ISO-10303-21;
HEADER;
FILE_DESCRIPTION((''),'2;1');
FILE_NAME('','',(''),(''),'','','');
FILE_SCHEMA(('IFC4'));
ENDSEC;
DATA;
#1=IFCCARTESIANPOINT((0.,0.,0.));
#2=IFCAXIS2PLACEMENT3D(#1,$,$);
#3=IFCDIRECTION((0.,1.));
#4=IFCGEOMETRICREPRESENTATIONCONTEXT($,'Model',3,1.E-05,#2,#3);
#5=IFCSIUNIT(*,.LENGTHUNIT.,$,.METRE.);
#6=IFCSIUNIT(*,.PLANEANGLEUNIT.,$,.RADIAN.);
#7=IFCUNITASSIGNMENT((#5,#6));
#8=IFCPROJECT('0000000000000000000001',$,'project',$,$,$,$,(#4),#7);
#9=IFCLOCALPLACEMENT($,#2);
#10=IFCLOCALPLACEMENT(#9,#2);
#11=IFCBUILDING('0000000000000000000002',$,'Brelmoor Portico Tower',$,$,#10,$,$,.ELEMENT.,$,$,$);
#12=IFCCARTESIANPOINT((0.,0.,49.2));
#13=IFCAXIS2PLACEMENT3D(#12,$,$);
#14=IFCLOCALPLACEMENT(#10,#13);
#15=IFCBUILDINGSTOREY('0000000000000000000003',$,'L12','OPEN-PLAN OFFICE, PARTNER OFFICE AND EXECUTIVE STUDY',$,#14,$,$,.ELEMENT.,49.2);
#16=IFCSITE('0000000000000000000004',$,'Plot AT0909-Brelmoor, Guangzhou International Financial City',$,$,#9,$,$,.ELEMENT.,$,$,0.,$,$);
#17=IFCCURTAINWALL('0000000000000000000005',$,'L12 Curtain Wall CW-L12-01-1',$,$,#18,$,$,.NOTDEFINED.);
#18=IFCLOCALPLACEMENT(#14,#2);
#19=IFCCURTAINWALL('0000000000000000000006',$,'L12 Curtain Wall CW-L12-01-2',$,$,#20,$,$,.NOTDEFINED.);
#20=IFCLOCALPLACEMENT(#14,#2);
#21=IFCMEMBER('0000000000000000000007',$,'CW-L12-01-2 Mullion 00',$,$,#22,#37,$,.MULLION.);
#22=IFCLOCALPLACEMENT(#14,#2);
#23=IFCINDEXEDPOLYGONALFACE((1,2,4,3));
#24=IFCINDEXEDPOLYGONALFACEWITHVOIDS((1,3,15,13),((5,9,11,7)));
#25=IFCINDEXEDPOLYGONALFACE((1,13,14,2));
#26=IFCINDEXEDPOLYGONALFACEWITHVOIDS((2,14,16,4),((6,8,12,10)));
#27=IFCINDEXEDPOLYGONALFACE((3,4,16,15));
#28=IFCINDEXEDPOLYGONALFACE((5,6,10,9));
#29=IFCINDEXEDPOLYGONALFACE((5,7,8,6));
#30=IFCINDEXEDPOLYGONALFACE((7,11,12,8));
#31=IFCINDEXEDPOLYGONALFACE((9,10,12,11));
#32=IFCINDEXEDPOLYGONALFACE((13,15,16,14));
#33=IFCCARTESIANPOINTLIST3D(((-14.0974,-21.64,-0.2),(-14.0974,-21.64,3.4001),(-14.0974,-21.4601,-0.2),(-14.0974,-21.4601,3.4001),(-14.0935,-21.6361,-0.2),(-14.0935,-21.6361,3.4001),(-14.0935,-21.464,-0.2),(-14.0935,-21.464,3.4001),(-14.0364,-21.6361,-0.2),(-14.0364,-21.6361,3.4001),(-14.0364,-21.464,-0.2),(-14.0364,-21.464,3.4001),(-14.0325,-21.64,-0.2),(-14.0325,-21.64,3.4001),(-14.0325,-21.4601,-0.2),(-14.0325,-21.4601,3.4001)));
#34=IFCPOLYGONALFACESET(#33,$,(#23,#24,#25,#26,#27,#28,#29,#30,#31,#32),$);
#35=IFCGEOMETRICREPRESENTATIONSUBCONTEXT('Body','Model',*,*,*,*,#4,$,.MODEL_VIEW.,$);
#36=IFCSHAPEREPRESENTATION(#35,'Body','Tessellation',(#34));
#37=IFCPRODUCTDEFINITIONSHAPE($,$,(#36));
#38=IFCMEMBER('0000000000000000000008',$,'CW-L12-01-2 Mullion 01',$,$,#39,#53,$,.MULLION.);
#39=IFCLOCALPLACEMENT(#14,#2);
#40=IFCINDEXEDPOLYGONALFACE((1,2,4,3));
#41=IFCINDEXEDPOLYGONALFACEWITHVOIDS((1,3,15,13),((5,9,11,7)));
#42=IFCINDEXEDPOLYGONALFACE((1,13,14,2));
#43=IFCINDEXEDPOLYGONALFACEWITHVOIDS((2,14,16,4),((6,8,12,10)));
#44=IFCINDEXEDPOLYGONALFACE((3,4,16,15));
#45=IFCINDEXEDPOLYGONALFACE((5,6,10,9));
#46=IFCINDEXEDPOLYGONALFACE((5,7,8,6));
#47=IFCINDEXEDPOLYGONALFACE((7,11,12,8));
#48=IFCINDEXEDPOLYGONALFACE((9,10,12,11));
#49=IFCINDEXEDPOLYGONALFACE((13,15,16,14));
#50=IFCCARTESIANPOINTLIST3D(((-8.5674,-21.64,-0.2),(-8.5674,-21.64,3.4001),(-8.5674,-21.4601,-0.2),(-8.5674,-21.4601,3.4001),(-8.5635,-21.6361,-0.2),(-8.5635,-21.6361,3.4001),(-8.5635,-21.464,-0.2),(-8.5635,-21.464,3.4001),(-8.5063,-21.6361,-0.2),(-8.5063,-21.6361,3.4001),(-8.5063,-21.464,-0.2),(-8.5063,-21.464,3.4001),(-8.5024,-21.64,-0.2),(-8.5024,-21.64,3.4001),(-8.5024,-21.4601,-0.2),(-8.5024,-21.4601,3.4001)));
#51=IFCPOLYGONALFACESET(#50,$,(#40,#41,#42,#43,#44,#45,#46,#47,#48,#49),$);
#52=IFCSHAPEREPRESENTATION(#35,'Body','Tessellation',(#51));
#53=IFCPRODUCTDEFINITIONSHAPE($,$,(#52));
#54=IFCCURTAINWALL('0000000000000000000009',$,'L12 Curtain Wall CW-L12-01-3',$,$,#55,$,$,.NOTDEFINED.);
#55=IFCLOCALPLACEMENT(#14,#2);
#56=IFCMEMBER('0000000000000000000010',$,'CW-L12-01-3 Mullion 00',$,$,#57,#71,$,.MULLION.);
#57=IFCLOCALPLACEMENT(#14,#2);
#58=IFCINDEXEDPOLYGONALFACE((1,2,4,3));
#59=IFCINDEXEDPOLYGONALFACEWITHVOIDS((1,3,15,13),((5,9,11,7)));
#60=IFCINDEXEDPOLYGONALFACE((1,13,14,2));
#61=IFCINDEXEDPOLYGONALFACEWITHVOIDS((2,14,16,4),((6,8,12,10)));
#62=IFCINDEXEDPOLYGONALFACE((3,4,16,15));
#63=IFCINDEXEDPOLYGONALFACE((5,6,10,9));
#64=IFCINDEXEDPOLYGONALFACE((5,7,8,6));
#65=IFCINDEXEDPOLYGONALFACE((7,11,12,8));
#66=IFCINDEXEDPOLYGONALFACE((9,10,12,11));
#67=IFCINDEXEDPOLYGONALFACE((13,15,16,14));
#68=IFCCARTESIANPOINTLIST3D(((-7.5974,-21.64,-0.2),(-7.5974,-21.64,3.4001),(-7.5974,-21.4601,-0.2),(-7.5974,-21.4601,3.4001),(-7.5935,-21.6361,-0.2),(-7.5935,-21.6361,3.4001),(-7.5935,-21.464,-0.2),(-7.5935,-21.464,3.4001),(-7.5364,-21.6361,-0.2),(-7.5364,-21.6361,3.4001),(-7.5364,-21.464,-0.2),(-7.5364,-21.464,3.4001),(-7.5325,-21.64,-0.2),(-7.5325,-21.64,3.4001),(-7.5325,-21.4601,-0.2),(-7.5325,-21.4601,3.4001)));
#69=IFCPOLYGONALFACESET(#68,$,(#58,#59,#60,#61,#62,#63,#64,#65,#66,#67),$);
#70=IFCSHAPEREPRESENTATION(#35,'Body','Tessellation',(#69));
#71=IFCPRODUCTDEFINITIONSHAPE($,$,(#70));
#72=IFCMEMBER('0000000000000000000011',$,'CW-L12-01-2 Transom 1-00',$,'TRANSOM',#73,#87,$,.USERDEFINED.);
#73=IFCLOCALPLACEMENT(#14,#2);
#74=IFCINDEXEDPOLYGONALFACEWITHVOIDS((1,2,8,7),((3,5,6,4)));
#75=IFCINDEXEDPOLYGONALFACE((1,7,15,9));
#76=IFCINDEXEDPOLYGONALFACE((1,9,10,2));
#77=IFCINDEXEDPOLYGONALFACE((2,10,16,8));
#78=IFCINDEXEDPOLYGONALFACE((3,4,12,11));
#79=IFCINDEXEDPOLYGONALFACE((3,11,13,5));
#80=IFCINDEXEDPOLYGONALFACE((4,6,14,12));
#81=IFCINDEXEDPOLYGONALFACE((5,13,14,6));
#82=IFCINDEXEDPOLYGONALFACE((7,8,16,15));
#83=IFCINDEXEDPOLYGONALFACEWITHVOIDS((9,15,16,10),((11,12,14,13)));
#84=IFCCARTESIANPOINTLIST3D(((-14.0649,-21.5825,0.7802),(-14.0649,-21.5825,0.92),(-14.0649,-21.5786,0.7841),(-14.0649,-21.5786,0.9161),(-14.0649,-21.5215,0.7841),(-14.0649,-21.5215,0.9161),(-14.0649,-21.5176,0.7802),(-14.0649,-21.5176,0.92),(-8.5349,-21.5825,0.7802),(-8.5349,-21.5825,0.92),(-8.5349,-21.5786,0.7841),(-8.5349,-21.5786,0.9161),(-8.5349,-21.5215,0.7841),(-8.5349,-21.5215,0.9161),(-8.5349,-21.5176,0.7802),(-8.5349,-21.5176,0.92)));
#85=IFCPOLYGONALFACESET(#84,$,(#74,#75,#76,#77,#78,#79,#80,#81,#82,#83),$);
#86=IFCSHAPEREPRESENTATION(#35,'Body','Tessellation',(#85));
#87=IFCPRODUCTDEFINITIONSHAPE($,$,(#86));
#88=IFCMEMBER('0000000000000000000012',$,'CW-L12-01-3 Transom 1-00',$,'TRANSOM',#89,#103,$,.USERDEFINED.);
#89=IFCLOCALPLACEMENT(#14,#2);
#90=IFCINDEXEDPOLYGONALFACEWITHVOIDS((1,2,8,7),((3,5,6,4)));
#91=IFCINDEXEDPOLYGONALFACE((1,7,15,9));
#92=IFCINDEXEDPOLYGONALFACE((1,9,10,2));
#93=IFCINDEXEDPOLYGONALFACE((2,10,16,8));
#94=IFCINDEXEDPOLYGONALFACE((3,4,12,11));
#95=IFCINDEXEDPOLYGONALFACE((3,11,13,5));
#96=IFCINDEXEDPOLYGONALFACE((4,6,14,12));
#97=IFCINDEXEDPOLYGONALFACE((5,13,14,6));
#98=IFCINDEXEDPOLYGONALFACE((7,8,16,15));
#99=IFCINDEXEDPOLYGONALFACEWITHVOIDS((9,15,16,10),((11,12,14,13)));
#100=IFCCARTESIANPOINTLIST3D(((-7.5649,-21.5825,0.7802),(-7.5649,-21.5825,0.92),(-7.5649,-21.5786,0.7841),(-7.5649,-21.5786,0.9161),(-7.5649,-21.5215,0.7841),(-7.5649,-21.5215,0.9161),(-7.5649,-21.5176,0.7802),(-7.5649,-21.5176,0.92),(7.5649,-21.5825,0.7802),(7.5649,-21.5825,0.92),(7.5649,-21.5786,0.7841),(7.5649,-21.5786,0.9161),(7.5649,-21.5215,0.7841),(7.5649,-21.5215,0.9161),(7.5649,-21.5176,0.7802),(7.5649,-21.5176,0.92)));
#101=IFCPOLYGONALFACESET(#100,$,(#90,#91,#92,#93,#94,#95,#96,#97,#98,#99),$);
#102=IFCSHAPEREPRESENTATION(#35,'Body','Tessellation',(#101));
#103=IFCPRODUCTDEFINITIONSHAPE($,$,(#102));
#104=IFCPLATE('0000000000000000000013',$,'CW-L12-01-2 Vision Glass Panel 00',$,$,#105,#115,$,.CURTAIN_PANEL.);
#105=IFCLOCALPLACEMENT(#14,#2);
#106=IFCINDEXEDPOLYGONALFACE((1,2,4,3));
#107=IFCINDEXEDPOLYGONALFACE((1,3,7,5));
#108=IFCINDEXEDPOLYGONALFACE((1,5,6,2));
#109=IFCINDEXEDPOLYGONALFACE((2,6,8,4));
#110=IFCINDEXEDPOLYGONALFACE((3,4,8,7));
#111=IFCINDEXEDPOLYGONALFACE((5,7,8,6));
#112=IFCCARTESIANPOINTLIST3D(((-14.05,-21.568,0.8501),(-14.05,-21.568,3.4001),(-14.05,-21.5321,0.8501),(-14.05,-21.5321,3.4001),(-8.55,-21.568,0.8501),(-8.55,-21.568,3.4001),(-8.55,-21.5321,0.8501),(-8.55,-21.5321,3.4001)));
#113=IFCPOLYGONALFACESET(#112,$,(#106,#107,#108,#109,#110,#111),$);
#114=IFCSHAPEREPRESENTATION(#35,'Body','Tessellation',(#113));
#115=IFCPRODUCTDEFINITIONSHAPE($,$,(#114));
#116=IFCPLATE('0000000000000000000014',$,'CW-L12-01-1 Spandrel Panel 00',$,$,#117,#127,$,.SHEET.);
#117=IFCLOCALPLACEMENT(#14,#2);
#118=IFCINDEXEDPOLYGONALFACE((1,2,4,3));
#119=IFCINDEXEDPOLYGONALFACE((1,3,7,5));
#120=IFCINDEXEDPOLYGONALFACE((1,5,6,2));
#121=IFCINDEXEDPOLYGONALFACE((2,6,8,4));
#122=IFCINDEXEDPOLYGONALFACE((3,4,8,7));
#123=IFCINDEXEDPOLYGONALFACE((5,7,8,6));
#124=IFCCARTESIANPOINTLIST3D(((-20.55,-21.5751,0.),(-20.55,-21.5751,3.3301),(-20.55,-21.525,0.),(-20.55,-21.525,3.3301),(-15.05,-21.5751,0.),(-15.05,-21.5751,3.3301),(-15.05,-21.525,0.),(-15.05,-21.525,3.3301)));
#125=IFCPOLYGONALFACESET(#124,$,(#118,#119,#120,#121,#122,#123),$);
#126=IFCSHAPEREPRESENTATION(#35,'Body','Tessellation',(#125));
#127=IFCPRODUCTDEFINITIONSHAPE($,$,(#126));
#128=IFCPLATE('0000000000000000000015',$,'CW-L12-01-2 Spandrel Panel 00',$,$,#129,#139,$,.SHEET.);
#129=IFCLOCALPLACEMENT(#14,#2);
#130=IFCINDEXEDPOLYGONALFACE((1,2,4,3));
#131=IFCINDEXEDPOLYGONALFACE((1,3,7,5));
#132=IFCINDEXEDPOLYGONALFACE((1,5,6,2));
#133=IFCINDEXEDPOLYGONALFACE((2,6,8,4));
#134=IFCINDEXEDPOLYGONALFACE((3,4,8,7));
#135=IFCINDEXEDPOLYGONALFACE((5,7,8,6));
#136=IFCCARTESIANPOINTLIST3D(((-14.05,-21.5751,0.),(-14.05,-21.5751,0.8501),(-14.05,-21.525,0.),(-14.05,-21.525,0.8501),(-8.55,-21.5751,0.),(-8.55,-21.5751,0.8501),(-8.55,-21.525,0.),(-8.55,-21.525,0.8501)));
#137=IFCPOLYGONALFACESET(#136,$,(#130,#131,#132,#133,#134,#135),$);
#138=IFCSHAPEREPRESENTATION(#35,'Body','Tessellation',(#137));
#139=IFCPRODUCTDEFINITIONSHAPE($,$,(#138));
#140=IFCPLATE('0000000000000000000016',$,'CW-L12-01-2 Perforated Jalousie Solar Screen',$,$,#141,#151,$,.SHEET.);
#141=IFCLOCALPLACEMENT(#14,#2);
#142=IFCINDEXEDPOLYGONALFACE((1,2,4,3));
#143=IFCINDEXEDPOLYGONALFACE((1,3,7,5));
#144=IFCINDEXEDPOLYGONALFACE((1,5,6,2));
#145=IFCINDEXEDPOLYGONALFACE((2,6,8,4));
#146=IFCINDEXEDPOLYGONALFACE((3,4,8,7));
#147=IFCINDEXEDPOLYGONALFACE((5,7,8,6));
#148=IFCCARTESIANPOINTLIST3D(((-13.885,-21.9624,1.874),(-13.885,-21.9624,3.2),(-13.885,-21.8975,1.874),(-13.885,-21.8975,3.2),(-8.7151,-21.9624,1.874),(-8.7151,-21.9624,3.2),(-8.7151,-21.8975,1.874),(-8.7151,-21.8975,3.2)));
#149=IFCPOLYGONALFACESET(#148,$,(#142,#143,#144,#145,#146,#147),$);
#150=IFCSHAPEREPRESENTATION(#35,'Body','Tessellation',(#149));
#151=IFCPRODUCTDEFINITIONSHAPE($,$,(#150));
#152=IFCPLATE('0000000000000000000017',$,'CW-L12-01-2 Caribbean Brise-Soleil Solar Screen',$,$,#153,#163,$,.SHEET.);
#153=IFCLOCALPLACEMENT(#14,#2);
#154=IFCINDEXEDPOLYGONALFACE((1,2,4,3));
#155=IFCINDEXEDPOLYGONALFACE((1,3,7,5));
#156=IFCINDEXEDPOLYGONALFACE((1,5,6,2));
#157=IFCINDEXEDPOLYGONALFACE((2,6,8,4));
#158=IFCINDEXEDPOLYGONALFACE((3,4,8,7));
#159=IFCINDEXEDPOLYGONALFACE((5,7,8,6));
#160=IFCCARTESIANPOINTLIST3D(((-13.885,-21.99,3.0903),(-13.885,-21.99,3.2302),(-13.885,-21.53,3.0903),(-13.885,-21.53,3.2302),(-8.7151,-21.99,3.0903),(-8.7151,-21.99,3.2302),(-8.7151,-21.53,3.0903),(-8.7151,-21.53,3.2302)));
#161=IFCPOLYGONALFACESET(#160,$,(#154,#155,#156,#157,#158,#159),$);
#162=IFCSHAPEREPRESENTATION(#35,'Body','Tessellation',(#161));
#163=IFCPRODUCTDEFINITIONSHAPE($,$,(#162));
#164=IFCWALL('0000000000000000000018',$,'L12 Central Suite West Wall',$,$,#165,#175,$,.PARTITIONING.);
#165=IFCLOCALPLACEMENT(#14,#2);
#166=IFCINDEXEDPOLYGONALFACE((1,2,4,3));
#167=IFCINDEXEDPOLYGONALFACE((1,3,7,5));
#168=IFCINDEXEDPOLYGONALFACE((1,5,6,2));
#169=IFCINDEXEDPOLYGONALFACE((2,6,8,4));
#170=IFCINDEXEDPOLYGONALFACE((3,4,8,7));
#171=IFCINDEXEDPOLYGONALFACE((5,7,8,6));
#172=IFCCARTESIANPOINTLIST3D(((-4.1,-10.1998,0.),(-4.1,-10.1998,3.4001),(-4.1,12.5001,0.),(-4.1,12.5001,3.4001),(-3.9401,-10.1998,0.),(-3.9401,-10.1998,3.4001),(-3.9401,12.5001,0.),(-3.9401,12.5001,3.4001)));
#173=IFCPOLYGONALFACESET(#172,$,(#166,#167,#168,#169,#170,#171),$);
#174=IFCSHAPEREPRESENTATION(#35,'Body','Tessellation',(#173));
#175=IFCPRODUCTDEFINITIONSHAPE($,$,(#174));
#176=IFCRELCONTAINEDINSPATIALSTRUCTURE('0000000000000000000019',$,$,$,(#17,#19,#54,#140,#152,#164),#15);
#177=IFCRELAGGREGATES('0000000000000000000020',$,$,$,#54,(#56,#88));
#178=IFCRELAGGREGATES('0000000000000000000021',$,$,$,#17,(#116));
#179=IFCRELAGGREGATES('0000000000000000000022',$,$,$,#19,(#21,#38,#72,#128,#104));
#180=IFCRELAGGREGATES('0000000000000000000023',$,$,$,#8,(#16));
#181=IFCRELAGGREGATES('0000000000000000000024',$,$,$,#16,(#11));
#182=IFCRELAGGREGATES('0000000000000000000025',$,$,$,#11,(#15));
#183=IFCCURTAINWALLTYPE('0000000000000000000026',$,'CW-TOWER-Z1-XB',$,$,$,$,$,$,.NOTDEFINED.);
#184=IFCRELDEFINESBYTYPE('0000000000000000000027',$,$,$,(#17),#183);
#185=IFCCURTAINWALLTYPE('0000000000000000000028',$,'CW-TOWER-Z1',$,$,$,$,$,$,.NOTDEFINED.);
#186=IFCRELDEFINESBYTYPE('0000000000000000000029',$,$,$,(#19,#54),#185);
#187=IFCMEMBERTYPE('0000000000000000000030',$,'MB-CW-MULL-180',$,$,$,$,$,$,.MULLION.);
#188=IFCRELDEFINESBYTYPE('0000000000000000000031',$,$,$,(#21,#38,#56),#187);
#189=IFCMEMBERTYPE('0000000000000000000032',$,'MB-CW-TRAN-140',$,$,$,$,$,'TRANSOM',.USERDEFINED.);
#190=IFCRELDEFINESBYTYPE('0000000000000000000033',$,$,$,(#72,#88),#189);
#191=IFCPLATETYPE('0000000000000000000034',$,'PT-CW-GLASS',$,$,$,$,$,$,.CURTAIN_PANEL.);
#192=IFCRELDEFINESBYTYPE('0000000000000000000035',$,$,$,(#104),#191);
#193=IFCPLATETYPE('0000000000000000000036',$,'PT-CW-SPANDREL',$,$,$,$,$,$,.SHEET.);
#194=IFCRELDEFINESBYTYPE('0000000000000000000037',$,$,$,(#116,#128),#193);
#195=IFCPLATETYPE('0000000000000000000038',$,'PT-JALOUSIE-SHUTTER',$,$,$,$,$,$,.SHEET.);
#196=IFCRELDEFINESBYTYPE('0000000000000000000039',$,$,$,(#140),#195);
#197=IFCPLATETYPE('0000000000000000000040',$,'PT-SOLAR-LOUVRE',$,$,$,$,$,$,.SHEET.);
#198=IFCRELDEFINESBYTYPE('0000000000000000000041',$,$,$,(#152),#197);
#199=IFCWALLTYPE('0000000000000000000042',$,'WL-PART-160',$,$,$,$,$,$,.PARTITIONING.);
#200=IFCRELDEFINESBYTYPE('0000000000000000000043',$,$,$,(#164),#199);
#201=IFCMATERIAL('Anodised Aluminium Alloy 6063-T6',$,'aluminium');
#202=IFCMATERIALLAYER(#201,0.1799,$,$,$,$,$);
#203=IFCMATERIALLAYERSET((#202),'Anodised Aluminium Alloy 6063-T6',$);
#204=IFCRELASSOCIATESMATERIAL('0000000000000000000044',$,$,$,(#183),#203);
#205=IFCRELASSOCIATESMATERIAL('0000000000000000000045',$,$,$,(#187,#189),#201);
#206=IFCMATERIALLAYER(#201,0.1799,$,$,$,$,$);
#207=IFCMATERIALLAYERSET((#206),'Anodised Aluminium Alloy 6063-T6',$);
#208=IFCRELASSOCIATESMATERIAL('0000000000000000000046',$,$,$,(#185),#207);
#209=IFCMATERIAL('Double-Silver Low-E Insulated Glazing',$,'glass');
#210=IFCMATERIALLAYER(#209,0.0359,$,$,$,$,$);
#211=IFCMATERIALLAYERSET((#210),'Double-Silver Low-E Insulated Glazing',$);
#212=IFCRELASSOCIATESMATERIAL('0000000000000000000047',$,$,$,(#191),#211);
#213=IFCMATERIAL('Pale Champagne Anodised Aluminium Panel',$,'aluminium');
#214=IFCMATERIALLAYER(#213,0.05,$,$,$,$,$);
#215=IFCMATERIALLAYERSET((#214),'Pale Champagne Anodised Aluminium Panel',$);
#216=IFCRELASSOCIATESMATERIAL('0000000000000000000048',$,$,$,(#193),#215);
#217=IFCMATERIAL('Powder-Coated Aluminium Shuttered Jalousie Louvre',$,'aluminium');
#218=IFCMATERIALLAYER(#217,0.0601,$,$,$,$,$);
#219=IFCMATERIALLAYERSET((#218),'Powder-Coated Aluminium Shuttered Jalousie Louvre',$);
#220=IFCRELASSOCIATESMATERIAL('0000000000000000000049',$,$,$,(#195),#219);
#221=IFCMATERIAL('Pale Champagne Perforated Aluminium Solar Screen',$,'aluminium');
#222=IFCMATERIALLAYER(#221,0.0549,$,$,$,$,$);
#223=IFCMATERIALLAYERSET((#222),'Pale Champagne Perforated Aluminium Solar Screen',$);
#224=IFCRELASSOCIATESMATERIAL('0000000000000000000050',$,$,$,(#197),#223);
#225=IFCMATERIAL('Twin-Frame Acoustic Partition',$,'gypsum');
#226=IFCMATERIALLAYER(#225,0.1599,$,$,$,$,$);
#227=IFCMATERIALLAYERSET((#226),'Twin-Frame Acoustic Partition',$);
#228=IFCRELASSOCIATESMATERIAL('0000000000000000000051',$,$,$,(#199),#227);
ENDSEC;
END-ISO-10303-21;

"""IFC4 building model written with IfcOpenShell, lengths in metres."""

from ifc_helpers import new_model, si_unit, direction, frame, frame_2d, origin, origin_2d, place, context, subcontext, project, spatial, rectangle, hollow_rectangle, extrude, material, layer, layer_set, material_profile, profile_set, type_object, element, aggregate, save


model = new_model("IFC4")

# Units and contexts
model_context = context("Model", 3, precision=1e-05, world=origin(), true_north=direction((0.0, 1.0)))
body_context = subcontext(model_context, "Body", "Model", "MODEL_VIEW")
ifc_project = project(units=[si_unit("LENGTHUNIT", "METRE"), si_unit("PLANEANGLEUNIT", "RADIAN")], contexts=[model_context])

# Site, building, storey
site_placement = place(None, origin())
site = spatial("IfcSite", under=ifc_project, at=site_placement, Name="Plot AT0909-Brelmoor, Guangzhou International Financial City", CompositionType="ELEMENT", RefElevation=0.0)
building_placement = place(site_placement, origin())
building = spatial("IfcBuilding", under=site, at=building_placement, Name="Brelmoor Portico Tower", CompositionType="ELEMENT")
storey_placement = place(building_placement, frame((0.0, 0.0, 49.2)))
storey = spatial("IfcBuildingStorey", under=building, at=storey_placement, Name="L12", Description="OPEN-PLAN OFFICE, PARTNER OFFICE AND EXECUTIVE STUDY", CompositionType="ELEMENT", Elevation=49.2)

# Curtain wall
ifc_material_1 = material(Name="Anodised Aluminium Alloy 6063-T6", Category="aluminium")
ifc_layer_1 = layer(ifc_material_1, 0.1799)
ifc_layer_set_1 = layer_set([ifc_layer_1], Name="Anodised Aluminium Alloy 6063-T6")
curtain_wall_type_1 = type_object("IfcCurtainWallType", Name="CW-TOWER-Z1-XB", PredefinedType="NOTDEFINED", material=ifc_layer_set_1)
curtain_wall_1_placement = place(storey_placement, origin())
curtain_wall_1 = element("IfcCurtainWall", 1, at=curtain_wall_1_placement, inside=storey, type_object=curtain_wall_type_1, Name="L12 Curtain Wall CW-L12-01-1", PredefinedType="NOTDEFINED")
ifc_material_profile_1 = material_profile(ifc_material_1, hollow_rectangle(XDim=0.0649, YDim=0.1799, WallThickness=0.0039, at=origin_2d()), Name="ALU MULLION 65x180")
ifc_profile_set_1 = profile_set([ifc_material_profile_1], Name="Anodised Aluminium Alloy 6063-T6")
member_type_1 = type_object("IfcMemberType", Name="MB-CW-MULL-180", PredefinedType="MULLION", material=ifc_profile_set_1)

# Curtain wall, members
ifc_layer_2 = layer(ifc_material_1, 0.1799)
ifc_layer_set_2 = layer_set([ifc_layer_2], Name="Anodised Aluminium Alloy 6063-T6")
curtain_wall_type_2 = type_object("IfcCurtainWallType", Name="CW-TOWER-Z1", PredefinedType="NOTDEFINED", material=ifc_layer_set_2)
curtain_wall_2_placement = place(storey_placement, origin())
curtain_wall_2 = element("IfcCurtainWall", 2, at=curtain_wall_2_placement, inside=storey, type_object=curtain_wall_type_2, Name="L12 Curtain Wall CW-L12-01-2", PredefinedType="NOTDEFINED")
member_1_placement = place(storey_placement, frame((-14.0649, -21.55, -0.2), z_axis=(0.0, 0.0, 1.0), x_axis=(1.0, 0.0, 0.0)))
member_1 = element("IfcMember", 3, at=member_1_placement, type_object=member_type_1, Name="CW-L12-01-2 Mullion 00", PredefinedType="MULLION", context=body_context, shape_type="SweptSolid", body=[
    extrude(hollow_rectangle(XDim=0.0649, YDim=0.1799, WallThickness=0.0039, at=origin_2d()), origin(), (0.0, 0.0, 1.0), 3.6001),
])
member_2_placement = place(storey_placement, frame((-8.5349, -21.55, -0.2), z_axis=(0.0, 0.0, 1.0), x_axis=(1.0, 0.0, 0.0)))
member_2 = element("IfcMember", 4, at=member_2_placement, type_object=member_type_1, Name="CW-L12-01-2 Mullion 01", PredefinedType="MULLION", context=body_context, shape_type="SweptSolid", body=[
    extrude(hollow_rectangle(XDim=0.0649, YDim=0.1799, WallThickness=0.0039, at=origin_2d()), origin(), (0.0, 0.0, 1.0), 3.6001),
])

# Curtain wall, member
curtain_wall_3_placement = place(storey_placement, origin())
curtain_wall_3 = element("IfcCurtainWall", 5, at=curtain_wall_3_placement, inside=storey, type_object=curtain_wall_type_2, Name="L12 Curtain Wall CW-L12-01-3", PredefinedType="NOTDEFINED")
member_3_placement = place(storey_placement, frame((-7.5649, -21.55, -0.2), z_axis=(0.0, 0.0, 1.0), x_axis=(1.0, 0.0, 0.0)))
member_3 = element("IfcMember", 6, at=member_3_placement, type_object=member_type_1, Name="CW-L12-01-3 Mullion 00", PredefinedType="MULLION", context=body_context, shape_type="SweptSolid", body=[
    extrude(hollow_rectangle(XDim=0.0649, YDim=0.1799, WallThickness=0.0039, at=origin_2d()), origin(), (0.0, 0.0, 1.0), 3.6001),
])

# Members
ifc_material_profile_2 = material_profile(ifc_material_1, hollow_rectangle(XDim=0.0649, YDim=0.1399, WallThickness=0.0039, at=origin_2d()), Name="ALU TRANSOM 65x140")
ifc_profile_set_2 = profile_set([ifc_material_profile_2], Name="Anodised Aluminium Alloy 6063-T6")
member_type_2 = type_object("IfcMemberType", Name="MB-CW-TRAN-140", ElementType="TRANSOM", PredefinedType="USERDEFINED", material=ifc_profile_set_2)
member_4_placement = place(storey_placement, frame((-14.0649, -21.55, 0.8501), z_axis=(1.0, 0.0, 0.0), x_axis=(0.0, 1.0, 0.0)))
member_4 = element("IfcMember", 7, at=member_4_placement, type_object=member_type_2, Name="CW-L12-01-2 Transom 1-00", ObjectType="TRANSOM", PredefinedType="USERDEFINED", context=body_context, shape_type="SweptSolid", body=[
    extrude(hollow_rectangle(XDim=0.0649, YDim=0.1399, WallThickness=0.0039, at=origin_2d()), origin(), (0.0, 0.0, 1.0), 5.53),
])
member_5_placement = place(storey_placement, frame((-7.5649, -21.55, 0.8501), z_axis=(1.0, 0.0, 0.0), x_axis=(0.0, 1.0, 0.0)))
member_5 = element("IfcMember", 8, at=member_5_placement, type_object=member_type_2, Name="CW-L12-01-3 Transom 1-00", ObjectType="TRANSOM", PredefinedType="USERDEFINED", context=body_context, shape_type="SweptSolid", body=[
    extrude(hollow_rectangle(XDim=0.0649, YDim=0.1399, WallThickness=0.0039, at=origin_2d()), origin(), (0.0, 0.0, 1.0), 15.1299),
])
aggregate(curtain_wall_3, [member_3, member_5])

# Plates
ifc_material_2 = material(Name="Double-Silver Low-E Insulated Glazing", Category="glass")
ifc_layer_3 = layer(ifc_material_2, 0.0359)
ifc_layer_set_3 = layer_set([ifc_layer_3], Name="Double-Silver Low-E Insulated Glazing")
plate_type_1 = type_object("IfcPlateType", Name="PT-CW-GLASS", PredefinedType="CURTAIN_PANEL", material=ifc_layer_set_3)
plate_1_placement = place(storey_placement, frame((-11.3, -21.55, 0.8501), z_axis=(0.0, 0.0, 1.0), x_axis=(1.0, 0.0, 0.0)))
plate_1 = element("IfcPlate", 9, at=plate_1_placement, type_object=plate_type_1, Name="CW-L12-01-2 Vision Glass Panel 00", PredefinedType="CURTAIN_PANEL", context=body_context, shape_type="SweptSolid", body=[
    extrude(rectangle(XDim=5.5, YDim=0.0359, at=origin_2d()), origin(), (0.0, 0.0, 1.0), 2.55),
])
ifc_material_3 = material(Name="Pale Champagne Anodised Aluminium Panel", Category="aluminium")
ifc_layer_4 = layer(ifc_material_3, 0.05)
ifc_layer_set_4 = layer_set([ifc_layer_4], Name="Pale Champagne Anodised Aluminium Panel")
plate_type_2 = type_object("IfcPlateType", Name="PT-CW-SPANDREL", PredefinedType="SHEET", material=ifc_layer_set_4)
plate_2_placement = place(storey_placement, frame((-17.8, -21.55, 0.0), z_axis=(0.0, 0.0, 1.0), x_axis=(1.0, 0.0, 0.0)))
plate_2 = element("IfcPlate", 10, at=plate_2_placement, type_object=plate_type_2, Name="CW-L12-01-1 Spandrel Panel 00", PredefinedType="SHEET", context=body_context, shape_type="SweptSolid", body=[
    extrude(rectangle(XDim=5.5, YDim=0.05, at=origin_2d()), origin(), (0.0, 0.0, 1.0), 3.3301),
])
aggregate(curtain_wall_1, [plate_2])
plate_3_placement = place(storey_placement, frame((-11.3, -21.55, 0.0), z_axis=(0.0, 0.0, 1.0), x_axis=(1.0, 0.0, 0.0)))
plate_3 = element("IfcPlate", 11, at=plate_3_placement, type_object=plate_type_2, Name="CW-L12-01-2 Spandrel Panel 00", PredefinedType="SHEET", context=body_context, shape_type="SweptSolid", body=[
    extrude(rectangle(XDim=5.5, YDim=0.05, at=origin_2d()), origin(), (0.0, 0.0, 1.0), 0.8501),
])
aggregate(curtain_wall_2, [member_1, member_2, member_4, plate_3, plate_1])

# Plates
ifc_material_4 = material(Name="Powder-Coated Aluminium Shuttered Jalousie Louvre", Category="aluminium")
ifc_layer_5 = layer(ifc_material_4, 0.0601)
ifc_layer_set_5 = layer_set([ifc_layer_5], Name="Powder-Coated Aluminium Shuttered Jalousie Louvre")
plate_type_3 = type_object("IfcPlateType", Name="PT-JALOUSIE-SHUTTER", PredefinedType="SHEET", material=ifc_layer_set_5)
plate_4_placement = place(storey_placement, frame((-11.3, -21.9299, 1.874), z_axis=(0.0, 0.0, 1.0), x_axis=(1.0, 0.0, 0.0)))
element("IfcPlate", 12, at=plate_4_placement, inside=storey, type_object=plate_type_3, Name="CW-L12-01-2 Perforated Jalousie Solar Screen", PredefinedType="SHEET", context=body_context, shape_type="SweptSolid", body=[
    extrude(rectangle(XDim=5.1699, YDim=0.0649, at=origin_2d()), origin(), (0.0, 0.0, 1.0), 1.3259),
])
ifc_material_5 = material(Name="Pale Champagne Perforated Aluminium Solar Screen", Category="aluminium")
ifc_layer_6 = layer(ifc_material_5, 0.0549)
ifc_layer_set_6 = layer_set([ifc_layer_6], Name="Pale Champagne Perforated Aluminium Solar Screen")
plate_type_4 = type_object("IfcPlateType", Name="PT-SOLAR-LOUVRE", PredefinedType="SHEET", material=ifc_layer_set_6)
plate_5_placement = place(storey_placement, frame((-11.3, -21.76, 3.0903), z_axis=(0.0, 0.0, 1.0), x_axis=(1.0, 0.0, 0.0)))
element("IfcPlate", 13, at=plate_5_placement, inside=storey, type_object=plate_type_4, Name="CW-L12-01-2 Caribbean Brise-Soleil Solar Screen", PredefinedType="SHEET", context=body_context, shape_type="SweptSolid", body=[
    extrude(rectangle(XDim=5.1699, YDim=0.46, at=origin_2d()), origin(), (0.0, 0.0, 1.0), 0.1399),
])

# Wall
ifc_material_6 = material(Name="Twin-Frame Acoustic Partition", Category="gypsum")
ifc_layer_7 = layer(ifc_material_6, 0.1599)
ifc_layer_set_7 = layer_set([ifc_layer_7], Name="Twin-Frame Acoustic Partition")
wall_type_1 = type_object("IfcWallType", Name="WL-PART-160", PredefinedType="PARTITIONING", material=ifc_layer_set_7)
wall_1_placement = place(storey_placement, frame((-4.02, -10.2, 0.0), z_axis=(0.0, 0.0, 1.0), x_axis=(0.0, 1.0, 0.0)))
element("IfcWall", 14, at=wall_1_placement, inside=storey, type_object=wall_type_1, Name="L12 Central Suite West Wall", PredefinedType="PARTITIONING", context=body_context, shape_type="SweptSolid", body=[
    extrude(rectangle(XDim=22.7, YDim=0.1599, at=frame_2d((11.3501, 0.0))), origin(), (0.0, 0.0, 1.0), 3.4001),
])

save(model, "model.ifc")
